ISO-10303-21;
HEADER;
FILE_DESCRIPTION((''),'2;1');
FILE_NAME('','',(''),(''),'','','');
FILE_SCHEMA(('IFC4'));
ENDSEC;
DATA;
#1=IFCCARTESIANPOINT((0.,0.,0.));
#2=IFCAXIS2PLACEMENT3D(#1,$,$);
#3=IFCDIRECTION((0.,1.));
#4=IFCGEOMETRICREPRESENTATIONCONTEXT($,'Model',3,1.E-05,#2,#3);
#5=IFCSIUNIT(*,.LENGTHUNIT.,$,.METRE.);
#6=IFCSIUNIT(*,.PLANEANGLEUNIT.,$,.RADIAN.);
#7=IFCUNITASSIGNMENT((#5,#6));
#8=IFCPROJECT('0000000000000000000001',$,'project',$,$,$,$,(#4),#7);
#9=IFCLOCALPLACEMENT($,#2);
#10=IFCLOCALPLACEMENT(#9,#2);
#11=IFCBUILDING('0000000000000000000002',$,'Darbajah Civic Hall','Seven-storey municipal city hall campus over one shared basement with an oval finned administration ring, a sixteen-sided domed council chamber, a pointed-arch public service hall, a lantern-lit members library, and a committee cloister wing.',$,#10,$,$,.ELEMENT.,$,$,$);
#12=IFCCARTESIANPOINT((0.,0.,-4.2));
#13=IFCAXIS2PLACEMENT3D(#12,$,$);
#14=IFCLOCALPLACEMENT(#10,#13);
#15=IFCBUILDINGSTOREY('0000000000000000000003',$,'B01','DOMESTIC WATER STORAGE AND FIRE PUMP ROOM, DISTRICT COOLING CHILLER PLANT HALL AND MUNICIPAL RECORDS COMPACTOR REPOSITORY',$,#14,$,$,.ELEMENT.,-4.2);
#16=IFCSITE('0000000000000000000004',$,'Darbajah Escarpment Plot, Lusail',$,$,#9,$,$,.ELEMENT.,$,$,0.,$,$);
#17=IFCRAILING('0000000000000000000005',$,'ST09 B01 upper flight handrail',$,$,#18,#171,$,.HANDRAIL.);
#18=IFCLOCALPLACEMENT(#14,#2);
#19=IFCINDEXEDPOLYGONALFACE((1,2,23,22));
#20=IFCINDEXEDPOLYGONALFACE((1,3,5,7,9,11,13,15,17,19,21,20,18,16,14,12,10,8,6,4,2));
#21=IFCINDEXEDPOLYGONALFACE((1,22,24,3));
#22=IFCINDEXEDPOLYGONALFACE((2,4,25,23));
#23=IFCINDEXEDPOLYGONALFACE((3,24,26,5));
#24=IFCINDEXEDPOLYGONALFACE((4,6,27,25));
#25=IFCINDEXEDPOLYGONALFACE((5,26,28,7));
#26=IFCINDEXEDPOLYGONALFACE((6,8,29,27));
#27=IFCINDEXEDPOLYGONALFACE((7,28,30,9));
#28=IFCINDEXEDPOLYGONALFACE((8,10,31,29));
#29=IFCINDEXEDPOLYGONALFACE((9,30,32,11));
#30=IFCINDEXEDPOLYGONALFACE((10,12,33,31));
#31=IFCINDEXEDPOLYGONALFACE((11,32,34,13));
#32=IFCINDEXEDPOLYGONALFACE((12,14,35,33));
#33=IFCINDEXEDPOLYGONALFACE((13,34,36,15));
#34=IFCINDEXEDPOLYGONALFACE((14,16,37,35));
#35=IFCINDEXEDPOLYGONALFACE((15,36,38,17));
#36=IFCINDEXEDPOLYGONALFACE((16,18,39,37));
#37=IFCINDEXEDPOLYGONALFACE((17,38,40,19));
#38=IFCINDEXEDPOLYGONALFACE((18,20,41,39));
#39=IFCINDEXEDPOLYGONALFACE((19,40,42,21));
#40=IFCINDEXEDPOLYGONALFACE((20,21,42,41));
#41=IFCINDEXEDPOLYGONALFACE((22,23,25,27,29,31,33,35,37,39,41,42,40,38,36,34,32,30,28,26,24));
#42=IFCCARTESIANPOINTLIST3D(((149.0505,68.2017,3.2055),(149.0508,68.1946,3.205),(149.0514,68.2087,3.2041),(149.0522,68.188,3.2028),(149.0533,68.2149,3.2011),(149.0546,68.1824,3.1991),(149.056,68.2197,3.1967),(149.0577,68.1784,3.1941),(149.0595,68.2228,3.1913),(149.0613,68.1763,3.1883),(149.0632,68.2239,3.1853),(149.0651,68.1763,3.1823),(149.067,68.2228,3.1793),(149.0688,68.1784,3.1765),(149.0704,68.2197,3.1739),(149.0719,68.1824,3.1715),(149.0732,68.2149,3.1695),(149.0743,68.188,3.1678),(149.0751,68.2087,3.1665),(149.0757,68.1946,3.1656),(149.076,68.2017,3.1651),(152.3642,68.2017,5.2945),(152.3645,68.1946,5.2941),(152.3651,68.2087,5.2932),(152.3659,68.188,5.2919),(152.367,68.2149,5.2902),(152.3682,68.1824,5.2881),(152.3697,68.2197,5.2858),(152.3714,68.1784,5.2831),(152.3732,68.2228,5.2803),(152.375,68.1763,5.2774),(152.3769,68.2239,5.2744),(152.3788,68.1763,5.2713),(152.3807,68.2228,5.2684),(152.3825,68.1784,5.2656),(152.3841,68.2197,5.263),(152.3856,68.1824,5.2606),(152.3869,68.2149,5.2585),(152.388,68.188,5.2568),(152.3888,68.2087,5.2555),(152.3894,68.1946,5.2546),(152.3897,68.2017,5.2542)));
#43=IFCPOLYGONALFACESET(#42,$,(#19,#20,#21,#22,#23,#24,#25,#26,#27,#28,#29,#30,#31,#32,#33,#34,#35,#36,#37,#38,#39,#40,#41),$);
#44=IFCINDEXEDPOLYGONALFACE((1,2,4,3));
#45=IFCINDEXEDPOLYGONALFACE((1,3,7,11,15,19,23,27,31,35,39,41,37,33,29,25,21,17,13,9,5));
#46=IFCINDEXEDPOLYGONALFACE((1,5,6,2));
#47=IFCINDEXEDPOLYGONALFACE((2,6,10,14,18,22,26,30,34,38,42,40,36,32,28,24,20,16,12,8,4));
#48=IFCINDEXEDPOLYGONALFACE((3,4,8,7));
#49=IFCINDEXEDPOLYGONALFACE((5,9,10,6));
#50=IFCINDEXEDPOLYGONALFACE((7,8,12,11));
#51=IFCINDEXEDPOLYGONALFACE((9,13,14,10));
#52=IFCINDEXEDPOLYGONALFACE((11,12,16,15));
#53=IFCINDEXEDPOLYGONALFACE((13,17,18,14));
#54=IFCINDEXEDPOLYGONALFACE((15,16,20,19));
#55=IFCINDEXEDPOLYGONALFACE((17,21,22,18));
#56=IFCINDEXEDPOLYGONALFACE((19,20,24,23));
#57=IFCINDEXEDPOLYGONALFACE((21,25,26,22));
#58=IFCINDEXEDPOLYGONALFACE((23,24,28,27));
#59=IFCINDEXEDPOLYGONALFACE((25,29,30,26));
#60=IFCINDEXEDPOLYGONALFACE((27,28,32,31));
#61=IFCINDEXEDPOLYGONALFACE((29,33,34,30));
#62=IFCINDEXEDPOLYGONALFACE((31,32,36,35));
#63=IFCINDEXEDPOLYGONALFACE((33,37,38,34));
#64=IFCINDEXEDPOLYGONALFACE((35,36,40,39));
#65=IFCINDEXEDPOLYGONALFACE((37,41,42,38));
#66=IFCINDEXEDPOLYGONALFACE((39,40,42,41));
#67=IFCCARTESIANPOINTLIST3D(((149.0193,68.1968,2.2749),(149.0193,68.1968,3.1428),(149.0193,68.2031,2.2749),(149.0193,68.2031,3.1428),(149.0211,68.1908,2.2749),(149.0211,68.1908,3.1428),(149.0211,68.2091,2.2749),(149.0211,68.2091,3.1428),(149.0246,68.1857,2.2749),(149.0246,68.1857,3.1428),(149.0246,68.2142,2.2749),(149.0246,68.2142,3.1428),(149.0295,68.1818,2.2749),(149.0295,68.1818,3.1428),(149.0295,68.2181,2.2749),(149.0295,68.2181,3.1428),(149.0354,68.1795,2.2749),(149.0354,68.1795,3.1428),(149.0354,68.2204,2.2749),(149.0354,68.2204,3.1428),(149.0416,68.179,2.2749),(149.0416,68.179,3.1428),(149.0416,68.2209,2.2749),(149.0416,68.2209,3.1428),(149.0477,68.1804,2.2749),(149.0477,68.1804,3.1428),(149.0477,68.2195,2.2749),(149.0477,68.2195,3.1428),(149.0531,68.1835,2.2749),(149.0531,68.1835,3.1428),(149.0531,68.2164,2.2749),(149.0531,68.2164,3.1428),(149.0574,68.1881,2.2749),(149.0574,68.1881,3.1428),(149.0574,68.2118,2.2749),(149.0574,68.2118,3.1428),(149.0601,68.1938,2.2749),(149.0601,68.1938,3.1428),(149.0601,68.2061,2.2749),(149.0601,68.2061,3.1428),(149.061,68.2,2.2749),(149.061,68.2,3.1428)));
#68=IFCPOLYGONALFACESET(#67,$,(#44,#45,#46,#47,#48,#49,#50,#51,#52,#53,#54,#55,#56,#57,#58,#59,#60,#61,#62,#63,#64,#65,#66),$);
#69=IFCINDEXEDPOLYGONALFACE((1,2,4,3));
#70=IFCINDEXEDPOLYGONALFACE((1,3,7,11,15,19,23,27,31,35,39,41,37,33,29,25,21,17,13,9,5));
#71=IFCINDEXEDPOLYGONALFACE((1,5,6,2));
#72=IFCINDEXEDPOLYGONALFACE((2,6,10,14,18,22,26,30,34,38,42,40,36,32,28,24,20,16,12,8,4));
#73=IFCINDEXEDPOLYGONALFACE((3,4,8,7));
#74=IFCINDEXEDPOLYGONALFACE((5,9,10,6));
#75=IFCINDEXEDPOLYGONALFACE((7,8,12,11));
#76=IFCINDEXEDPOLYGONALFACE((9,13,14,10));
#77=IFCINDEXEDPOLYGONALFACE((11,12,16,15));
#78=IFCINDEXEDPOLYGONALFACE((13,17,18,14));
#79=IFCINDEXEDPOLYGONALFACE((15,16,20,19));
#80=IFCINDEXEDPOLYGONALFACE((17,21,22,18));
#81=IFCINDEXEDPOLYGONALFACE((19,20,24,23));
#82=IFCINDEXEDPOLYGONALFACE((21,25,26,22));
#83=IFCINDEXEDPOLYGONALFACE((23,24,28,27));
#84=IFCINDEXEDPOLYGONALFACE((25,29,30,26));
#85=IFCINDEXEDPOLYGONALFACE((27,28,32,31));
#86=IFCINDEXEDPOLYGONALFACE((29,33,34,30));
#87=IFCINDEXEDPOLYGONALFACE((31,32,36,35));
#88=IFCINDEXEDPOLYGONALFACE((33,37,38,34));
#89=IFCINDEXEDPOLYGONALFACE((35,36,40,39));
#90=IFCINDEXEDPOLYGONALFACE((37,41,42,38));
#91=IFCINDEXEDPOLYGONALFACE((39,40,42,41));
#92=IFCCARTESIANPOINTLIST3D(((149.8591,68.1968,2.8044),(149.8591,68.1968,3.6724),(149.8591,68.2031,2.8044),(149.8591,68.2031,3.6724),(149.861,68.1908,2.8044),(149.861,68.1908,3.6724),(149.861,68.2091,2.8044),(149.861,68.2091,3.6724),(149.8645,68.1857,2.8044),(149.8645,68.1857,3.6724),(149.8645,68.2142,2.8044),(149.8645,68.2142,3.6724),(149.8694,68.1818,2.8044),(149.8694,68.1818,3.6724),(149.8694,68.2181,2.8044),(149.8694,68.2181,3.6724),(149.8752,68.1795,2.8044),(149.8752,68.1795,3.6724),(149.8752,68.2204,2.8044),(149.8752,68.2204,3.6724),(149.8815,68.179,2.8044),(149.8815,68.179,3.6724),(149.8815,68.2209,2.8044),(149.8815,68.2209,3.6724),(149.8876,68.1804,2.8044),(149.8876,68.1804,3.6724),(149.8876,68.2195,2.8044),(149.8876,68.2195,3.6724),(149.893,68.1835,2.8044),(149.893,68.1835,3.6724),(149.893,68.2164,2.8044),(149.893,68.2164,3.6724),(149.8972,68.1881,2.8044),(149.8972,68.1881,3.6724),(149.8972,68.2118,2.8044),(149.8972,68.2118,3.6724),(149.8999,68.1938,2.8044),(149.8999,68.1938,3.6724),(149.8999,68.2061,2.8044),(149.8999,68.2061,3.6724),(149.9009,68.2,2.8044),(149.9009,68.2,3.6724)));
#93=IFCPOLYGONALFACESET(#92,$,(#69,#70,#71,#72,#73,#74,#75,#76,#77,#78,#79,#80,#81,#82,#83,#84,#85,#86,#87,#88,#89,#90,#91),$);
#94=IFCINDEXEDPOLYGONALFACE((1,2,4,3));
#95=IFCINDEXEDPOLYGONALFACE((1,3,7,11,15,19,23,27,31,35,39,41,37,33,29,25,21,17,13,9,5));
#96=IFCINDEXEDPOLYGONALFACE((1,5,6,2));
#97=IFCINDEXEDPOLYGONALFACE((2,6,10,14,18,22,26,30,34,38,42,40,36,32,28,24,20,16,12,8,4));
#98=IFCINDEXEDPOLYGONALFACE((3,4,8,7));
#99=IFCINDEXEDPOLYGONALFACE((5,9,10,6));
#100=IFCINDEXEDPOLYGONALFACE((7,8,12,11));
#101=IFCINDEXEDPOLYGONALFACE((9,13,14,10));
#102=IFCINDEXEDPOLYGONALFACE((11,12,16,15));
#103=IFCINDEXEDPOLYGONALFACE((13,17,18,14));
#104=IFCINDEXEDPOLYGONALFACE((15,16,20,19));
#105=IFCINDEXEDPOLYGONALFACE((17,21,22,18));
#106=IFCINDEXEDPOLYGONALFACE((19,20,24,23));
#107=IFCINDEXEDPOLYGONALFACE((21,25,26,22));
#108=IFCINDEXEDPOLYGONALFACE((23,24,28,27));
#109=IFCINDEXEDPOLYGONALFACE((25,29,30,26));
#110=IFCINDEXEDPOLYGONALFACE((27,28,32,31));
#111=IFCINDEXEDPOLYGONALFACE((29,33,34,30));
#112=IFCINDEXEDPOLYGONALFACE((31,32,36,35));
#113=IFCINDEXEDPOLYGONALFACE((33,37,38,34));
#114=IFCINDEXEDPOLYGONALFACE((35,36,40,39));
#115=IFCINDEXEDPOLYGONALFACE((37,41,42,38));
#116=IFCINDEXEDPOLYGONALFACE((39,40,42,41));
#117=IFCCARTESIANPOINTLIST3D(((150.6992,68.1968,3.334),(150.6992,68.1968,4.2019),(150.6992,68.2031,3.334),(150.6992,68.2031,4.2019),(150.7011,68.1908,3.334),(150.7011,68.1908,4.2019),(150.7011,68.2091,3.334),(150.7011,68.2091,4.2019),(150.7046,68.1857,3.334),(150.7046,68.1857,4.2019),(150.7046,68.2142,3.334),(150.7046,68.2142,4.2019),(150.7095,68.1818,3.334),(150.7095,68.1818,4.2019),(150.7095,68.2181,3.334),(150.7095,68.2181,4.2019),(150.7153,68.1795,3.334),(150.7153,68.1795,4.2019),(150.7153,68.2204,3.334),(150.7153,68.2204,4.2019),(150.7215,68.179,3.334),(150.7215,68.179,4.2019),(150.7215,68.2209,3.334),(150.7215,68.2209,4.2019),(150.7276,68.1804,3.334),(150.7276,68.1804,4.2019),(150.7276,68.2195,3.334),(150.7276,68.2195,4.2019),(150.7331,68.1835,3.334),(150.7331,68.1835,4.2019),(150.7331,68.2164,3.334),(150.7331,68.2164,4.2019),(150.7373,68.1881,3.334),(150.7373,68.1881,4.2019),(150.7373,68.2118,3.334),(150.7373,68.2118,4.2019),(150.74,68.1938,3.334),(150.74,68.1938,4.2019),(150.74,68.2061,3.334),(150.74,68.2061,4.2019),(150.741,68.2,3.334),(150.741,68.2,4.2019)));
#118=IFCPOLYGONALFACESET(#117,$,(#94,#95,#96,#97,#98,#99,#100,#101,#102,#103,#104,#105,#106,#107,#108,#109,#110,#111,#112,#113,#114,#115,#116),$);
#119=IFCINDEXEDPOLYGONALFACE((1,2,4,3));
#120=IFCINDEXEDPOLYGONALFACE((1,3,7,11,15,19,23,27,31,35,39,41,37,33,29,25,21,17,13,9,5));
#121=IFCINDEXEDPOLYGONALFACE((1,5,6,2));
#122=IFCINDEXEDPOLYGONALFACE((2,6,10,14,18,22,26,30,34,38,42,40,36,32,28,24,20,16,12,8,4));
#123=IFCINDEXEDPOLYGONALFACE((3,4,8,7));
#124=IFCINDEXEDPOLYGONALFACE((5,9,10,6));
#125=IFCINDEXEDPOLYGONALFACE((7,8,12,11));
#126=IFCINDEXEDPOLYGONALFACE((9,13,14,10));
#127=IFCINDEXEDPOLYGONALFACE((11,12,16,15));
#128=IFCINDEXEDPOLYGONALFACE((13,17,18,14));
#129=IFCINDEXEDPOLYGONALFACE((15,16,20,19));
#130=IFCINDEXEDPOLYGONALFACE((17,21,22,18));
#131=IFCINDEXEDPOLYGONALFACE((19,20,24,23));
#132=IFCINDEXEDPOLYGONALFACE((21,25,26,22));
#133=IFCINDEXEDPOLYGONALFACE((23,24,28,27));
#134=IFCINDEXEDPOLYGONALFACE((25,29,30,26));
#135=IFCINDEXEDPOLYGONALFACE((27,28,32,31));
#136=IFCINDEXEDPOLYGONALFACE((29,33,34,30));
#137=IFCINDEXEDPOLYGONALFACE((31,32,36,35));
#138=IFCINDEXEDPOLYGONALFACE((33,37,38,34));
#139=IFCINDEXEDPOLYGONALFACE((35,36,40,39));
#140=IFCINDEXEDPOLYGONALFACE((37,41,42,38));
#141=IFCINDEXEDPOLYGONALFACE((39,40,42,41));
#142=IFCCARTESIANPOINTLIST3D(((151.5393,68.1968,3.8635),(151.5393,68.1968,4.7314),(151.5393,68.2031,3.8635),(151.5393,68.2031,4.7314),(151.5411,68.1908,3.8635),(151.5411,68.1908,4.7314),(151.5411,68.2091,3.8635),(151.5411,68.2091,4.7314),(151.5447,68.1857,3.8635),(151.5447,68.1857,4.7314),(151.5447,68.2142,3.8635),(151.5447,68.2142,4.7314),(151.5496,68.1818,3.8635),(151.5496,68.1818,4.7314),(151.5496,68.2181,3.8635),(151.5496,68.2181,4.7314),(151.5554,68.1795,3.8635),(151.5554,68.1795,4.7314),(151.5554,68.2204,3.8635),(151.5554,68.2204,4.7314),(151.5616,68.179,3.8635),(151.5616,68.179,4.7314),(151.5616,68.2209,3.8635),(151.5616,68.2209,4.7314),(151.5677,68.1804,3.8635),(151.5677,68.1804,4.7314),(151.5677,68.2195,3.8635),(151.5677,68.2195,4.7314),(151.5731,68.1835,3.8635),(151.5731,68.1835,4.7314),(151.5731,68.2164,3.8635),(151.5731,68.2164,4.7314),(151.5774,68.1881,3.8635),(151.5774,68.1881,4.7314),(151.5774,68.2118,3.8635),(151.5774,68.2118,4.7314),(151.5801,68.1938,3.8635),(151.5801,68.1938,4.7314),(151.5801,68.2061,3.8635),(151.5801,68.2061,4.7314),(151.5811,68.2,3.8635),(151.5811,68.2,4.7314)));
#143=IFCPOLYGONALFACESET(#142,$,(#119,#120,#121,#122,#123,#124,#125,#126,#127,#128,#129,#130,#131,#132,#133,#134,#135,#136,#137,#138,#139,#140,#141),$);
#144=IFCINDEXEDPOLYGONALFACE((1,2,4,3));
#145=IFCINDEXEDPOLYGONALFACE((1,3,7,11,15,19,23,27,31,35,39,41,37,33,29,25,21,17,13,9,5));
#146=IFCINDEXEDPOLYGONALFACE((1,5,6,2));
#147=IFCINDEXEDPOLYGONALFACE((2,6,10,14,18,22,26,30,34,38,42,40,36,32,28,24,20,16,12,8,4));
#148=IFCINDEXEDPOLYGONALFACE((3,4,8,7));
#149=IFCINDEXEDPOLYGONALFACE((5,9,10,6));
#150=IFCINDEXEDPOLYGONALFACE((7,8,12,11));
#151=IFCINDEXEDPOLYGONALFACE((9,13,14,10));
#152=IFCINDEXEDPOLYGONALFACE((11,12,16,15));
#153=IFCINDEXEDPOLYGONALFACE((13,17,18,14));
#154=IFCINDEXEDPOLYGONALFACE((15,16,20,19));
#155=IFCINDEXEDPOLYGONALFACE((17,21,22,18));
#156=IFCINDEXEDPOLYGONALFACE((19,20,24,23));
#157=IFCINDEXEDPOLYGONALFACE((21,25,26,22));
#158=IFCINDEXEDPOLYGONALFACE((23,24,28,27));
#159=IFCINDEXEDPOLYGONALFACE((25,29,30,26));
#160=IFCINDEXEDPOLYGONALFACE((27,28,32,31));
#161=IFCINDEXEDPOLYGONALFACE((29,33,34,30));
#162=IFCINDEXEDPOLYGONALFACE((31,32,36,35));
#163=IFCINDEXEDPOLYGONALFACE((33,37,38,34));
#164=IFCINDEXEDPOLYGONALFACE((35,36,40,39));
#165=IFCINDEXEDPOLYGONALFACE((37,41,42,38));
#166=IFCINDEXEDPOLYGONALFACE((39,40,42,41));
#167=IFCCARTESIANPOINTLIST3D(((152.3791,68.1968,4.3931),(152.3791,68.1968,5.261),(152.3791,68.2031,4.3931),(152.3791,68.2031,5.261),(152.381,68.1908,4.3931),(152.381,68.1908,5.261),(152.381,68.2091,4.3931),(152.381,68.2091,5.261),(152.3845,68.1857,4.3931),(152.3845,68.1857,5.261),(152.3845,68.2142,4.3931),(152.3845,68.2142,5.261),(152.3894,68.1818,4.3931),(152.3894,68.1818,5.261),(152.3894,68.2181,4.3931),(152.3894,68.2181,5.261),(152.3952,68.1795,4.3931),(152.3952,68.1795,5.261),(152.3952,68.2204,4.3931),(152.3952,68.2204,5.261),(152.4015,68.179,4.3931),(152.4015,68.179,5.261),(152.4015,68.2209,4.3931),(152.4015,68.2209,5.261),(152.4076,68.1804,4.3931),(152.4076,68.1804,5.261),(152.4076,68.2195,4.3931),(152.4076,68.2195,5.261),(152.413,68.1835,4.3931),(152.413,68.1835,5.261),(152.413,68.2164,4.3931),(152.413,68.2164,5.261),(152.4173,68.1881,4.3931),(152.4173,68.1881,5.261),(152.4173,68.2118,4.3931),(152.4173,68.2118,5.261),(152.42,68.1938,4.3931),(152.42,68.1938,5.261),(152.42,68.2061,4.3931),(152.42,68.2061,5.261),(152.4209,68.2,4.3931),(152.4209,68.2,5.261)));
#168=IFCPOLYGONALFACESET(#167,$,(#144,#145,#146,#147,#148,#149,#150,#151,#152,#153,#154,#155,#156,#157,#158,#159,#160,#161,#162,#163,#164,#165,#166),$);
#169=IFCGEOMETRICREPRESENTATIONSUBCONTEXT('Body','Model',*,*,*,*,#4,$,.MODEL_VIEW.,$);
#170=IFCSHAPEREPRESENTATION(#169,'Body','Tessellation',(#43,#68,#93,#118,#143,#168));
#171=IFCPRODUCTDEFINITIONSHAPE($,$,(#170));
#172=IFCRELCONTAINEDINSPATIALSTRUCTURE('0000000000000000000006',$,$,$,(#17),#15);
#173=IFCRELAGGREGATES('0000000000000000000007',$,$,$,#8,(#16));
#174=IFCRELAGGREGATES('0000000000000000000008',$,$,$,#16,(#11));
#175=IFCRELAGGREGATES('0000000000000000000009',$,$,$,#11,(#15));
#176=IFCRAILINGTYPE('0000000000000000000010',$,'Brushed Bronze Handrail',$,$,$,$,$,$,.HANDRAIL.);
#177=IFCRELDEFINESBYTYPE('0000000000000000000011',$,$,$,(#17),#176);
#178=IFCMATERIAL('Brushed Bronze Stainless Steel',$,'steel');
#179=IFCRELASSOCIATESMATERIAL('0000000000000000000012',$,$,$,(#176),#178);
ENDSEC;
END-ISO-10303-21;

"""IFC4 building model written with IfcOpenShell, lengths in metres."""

from ifc_helpers import new_model, si_unit, direction, frame, origin, origin_2d, place, context, subcontext, project, spatial, circle, extrude, material, type_object, element, save


model = new_model("IFC4")

# Units and contexts
model_context = context("Model", 3, precision=1e-05, world=origin(), true_north=direction((0.0, 1.0)))
body_context = subcontext(model_context, "Body", "Model", "MODEL_VIEW")
ifc_project = project(units=[si_unit("LENGTHUNIT", "METRE"), si_unit("PLANEANGLEUNIT", "RADIAN")], contexts=[model_context])

# Site, building, storey
site_placement = place(None, origin())
site = spatial("IfcSite", under=ifc_project, at=site_placement, Name="Darbajah Escarpment Plot, Lusail", CompositionType="ELEMENT", RefElevation=0.0)
building_placement = place(site_placement, origin())
building = spatial("IfcBuilding", under=site, at=building_placement, Name="Darbajah Civic Hall", Description="Seven-storey municipal city hall campus over one shared basement with an oval finned administration ring, a sixteen-sided domed council chamber, a pointed-arch public service hall, a lantern-lit members library, and a committee cloister wing.", CompositionType="ELEMENT")
storey_placement = place(building_placement, frame((0.0, 0.0, -4.2)))
storey = spatial("IfcBuildingStorey", under=building, at=storey_placement, Name="B01", Description="DOMESTIC WATER STORAGE AND FIRE PUMP ROOM, DISTRICT COOLING CHILLER PLANT HALL AND MUNICIPAL RECORDS COMPACTOR REPOSITORY", CompositionType="ELEMENT", Elevation=-4.2)

# Railing
ifc_material_1 = material(Name="Brushed Bronze Stainless Steel", Category="steel")
railing_type_1 = type_object("IfcRailingType", Name="Brushed Bronze Handrail", PredefinedType="HANDRAIL", material=ifc_material_1)
railing_1_placement = place(storey_placement, frame((149.04, 68.2, 2.2749)))
element("IfcRailing", 1, at=railing_1_placement, inside=storey, type_object=railing_type_1, Name="ST09 B01 upper flight handrail", PredefinedType="HANDRAIL", context=body_context, shape_type="SweptSolid", body=[
    extrude(circle(Radius=0.0239, at=origin_2d()), frame((0.0232, 0.0, 0.9104), z_axis=(0.845927, 0.0, 0.533299), x_axis=(0.0, 1.0, 0.0)), (0.0, 0.0, 1.0), 3.9172),
    extrude(circle(Radius=0.021, at=origin_2d()), origin(), (0.0, 0.0, 1.0), 0.8679),
    extrude(circle(Radius=0.021, at=origin_2d()), frame((0.8398, 0.0, 0.5295)), (0.0, 0.0, 1.0), 0.8679),
    extrude(circle(Radius=0.021, at=origin_2d()), frame((1.6799, 0.0, 1.0591)), (0.0, 0.0, 1.0), 0.8679),
    extrude(circle(Radius=0.021, at=origin_2d()), frame((2.52, 0.0, 1.5886)), (0.0, 0.0, 1.0), 0.8679),
    extrude(circle(Radius=0.021, at=origin_2d()), frame((3.3599, 0.0, 2.1182)), (0.0, 0.0, 1.0), 0.8679),
])

save(model, "model.ifc")
